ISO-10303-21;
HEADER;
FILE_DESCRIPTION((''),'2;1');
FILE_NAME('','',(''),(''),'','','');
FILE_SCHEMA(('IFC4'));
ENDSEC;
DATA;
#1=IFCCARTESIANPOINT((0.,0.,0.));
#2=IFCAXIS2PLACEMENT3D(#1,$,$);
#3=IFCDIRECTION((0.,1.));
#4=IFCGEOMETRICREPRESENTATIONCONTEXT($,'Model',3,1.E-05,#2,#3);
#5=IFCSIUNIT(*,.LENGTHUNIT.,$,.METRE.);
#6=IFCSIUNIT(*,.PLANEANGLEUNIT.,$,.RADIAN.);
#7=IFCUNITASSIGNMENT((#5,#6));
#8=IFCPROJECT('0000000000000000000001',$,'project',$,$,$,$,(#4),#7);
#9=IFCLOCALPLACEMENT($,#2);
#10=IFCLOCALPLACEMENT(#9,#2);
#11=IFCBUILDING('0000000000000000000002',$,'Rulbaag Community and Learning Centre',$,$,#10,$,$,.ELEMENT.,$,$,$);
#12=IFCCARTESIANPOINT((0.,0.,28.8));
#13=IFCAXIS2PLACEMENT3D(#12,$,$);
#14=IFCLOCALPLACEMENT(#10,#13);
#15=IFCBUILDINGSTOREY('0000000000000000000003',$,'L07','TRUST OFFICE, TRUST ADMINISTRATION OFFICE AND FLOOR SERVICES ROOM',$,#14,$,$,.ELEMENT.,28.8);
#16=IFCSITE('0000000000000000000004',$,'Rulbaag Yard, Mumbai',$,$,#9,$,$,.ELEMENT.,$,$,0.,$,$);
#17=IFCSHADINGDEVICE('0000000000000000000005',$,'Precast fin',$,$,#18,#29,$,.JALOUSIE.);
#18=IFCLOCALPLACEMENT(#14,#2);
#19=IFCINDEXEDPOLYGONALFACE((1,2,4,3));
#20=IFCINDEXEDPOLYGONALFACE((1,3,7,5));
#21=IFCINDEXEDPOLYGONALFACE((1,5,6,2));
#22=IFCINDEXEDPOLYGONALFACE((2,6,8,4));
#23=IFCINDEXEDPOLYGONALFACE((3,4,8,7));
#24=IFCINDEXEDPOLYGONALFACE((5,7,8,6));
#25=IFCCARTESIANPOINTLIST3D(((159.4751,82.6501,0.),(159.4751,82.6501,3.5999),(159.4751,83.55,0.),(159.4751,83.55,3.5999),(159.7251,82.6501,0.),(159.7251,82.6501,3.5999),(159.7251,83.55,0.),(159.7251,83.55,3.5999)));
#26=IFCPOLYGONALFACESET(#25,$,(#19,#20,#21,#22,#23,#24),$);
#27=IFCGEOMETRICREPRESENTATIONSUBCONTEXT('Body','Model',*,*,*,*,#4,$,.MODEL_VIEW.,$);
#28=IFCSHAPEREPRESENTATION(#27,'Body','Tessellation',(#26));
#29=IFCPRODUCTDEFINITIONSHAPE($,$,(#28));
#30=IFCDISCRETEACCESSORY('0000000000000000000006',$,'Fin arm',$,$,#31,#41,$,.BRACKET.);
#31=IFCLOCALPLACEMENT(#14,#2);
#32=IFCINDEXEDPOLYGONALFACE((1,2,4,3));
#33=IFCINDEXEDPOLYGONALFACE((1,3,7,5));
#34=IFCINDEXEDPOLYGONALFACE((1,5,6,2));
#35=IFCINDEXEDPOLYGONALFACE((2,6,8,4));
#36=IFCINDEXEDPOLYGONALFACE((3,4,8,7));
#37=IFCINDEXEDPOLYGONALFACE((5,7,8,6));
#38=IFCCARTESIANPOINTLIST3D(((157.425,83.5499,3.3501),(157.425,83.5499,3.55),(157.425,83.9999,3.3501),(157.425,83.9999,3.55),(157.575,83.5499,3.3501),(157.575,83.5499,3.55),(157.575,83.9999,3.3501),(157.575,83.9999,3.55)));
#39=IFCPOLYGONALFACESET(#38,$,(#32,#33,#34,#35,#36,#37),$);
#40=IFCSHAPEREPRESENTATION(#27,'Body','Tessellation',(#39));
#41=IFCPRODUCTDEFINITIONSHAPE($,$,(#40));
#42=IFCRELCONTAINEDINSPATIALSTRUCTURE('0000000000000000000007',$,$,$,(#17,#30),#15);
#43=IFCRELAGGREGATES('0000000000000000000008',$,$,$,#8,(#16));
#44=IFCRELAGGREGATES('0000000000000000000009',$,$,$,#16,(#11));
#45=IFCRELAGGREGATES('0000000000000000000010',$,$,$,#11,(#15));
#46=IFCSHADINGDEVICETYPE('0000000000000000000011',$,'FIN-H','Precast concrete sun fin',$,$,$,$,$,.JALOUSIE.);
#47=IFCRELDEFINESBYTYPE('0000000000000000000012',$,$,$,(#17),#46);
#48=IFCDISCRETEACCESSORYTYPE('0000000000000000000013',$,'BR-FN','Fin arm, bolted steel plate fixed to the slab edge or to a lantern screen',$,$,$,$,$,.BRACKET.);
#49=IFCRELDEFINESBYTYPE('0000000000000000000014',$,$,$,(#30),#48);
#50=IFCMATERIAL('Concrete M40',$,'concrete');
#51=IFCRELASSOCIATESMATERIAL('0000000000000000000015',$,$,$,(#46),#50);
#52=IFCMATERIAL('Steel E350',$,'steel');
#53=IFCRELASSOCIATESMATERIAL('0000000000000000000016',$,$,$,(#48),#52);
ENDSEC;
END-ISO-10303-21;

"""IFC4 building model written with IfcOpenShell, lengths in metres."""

from ifc_helpers import new_model, si_unit, direction, frame, origin, origin_2d, place, context, subcontext, project, spatial, rectangle, extrude, material, material_profile, profile_set, type_object, element, save


model = new_model("IFC4")

# Units and contexts
model_context = context("Model", 3, precision=1e-05, world=origin(), true_north=direction((0.0, 1.0)))
body_context = subcontext(model_context, "Body", "Model", "MODEL_VIEW")
ifc_project = project(units=[si_unit("LENGTHUNIT", "METRE"), si_unit("PLANEANGLEUNIT", "RADIAN")], contexts=[model_context])

# Site, building, storey
site_placement = place(None, origin())
site = spatial("IfcSite", under=ifc_project, at=site_placement, Name="Rulbaag Yard, Mumbai", CompositionType="ELEMENT", RefElevation=0.0)
building_placement = place(site_placement, origin())
building = spatial("IfcBuilding", under=site, at=building_placement, Name="Rulbaag Community and Learning Centre", CompositionType="ELEMENT")
storey_placement = place(building_placement, frame((0.0, 0.0, 28.8)))
storey = spatial("IfcBuildingStorey", under=building, at=storey_placement, Name="L07", Description="TRUST OFFICE, TRUST ADMINISTRATION OFFICE AND FLOOR SERVICES ROOM", CompositionType="ELEMENT", Elevation=28.8)

# Shared definitions
ifc_material_1 = material(Name="Concrete M40", Category="concrete")

# Shading device
ifc_material_profile_1 = material_profile(ifc_material_1, rectangle(XDim=0.25, YDim=0.8999, at=origin_2d()), Name="PC 250x900")
ifc_profile_set_1 = profile_set([ifc_material_profile_1], Name="Concrete M40")
shading_device_type = type_object("IfcShadingDeviceType", Name="FIN-H", Description="Precast concrete sun fin", PredefinedType="JALOUSIE", material=ifc_profile_set_1)
for number, where, z_axis, x_axis, name in (
    (1, (159.6001, 83.1001, 0.0), (0.0, 0.0, 1.0), (1.0, 0.0, 0.0), "Precast fin"),
):
    element("IfcShadingDevice", number, at=place(storey_placement, frame(where, z_axis=z_axis, x_axis=x_axis)), inside=storey, type_object=shading_device_type, Name=name, PredefinedType="JALOUSIE", context=body_context, shape_type="SweptSolid", body=[
        extrude(rectangle(XDim=0.25, YDim=0.8999, at=origin_2d()), origin(), (0.0, 0.0, 1.0), 3.5999),
    ])

# Discrete accessory
ifc_material_2 = material(Name="Steel E350", Category="steel")
discrete_accessory_type = type_object("IfcDiscreteAccessoryType", Name="BR-FN", Description="Fin arm, bolted steel plate fixed to the slab edge or to a lantern screen", PredefinedType="BRACKET", material=ifc_material_2)
discrete_accessory_placement = place(storey_placement, frame((157.5, 83.7749, 3.3501), z_axis=(0.0, 0.0, 1.0), x_axis=(1.0, 0.0, 0.0)))
element("IfcDiscreteAccessory", 2, at=discrete_accessory_placement, inside=storey, type_object=discrete_accessory_type, Name="Fin arm", PredefinedType="BRACKET", context=body_context, shape_type="SweptSolid", body=[
    extrude(rectangle(XDim=0.1499, YDim=0.45, at=origin_2d()), origin(), (0.0, 0.0, 1.0), 0.2),
])

save(model, "model.ifc")
